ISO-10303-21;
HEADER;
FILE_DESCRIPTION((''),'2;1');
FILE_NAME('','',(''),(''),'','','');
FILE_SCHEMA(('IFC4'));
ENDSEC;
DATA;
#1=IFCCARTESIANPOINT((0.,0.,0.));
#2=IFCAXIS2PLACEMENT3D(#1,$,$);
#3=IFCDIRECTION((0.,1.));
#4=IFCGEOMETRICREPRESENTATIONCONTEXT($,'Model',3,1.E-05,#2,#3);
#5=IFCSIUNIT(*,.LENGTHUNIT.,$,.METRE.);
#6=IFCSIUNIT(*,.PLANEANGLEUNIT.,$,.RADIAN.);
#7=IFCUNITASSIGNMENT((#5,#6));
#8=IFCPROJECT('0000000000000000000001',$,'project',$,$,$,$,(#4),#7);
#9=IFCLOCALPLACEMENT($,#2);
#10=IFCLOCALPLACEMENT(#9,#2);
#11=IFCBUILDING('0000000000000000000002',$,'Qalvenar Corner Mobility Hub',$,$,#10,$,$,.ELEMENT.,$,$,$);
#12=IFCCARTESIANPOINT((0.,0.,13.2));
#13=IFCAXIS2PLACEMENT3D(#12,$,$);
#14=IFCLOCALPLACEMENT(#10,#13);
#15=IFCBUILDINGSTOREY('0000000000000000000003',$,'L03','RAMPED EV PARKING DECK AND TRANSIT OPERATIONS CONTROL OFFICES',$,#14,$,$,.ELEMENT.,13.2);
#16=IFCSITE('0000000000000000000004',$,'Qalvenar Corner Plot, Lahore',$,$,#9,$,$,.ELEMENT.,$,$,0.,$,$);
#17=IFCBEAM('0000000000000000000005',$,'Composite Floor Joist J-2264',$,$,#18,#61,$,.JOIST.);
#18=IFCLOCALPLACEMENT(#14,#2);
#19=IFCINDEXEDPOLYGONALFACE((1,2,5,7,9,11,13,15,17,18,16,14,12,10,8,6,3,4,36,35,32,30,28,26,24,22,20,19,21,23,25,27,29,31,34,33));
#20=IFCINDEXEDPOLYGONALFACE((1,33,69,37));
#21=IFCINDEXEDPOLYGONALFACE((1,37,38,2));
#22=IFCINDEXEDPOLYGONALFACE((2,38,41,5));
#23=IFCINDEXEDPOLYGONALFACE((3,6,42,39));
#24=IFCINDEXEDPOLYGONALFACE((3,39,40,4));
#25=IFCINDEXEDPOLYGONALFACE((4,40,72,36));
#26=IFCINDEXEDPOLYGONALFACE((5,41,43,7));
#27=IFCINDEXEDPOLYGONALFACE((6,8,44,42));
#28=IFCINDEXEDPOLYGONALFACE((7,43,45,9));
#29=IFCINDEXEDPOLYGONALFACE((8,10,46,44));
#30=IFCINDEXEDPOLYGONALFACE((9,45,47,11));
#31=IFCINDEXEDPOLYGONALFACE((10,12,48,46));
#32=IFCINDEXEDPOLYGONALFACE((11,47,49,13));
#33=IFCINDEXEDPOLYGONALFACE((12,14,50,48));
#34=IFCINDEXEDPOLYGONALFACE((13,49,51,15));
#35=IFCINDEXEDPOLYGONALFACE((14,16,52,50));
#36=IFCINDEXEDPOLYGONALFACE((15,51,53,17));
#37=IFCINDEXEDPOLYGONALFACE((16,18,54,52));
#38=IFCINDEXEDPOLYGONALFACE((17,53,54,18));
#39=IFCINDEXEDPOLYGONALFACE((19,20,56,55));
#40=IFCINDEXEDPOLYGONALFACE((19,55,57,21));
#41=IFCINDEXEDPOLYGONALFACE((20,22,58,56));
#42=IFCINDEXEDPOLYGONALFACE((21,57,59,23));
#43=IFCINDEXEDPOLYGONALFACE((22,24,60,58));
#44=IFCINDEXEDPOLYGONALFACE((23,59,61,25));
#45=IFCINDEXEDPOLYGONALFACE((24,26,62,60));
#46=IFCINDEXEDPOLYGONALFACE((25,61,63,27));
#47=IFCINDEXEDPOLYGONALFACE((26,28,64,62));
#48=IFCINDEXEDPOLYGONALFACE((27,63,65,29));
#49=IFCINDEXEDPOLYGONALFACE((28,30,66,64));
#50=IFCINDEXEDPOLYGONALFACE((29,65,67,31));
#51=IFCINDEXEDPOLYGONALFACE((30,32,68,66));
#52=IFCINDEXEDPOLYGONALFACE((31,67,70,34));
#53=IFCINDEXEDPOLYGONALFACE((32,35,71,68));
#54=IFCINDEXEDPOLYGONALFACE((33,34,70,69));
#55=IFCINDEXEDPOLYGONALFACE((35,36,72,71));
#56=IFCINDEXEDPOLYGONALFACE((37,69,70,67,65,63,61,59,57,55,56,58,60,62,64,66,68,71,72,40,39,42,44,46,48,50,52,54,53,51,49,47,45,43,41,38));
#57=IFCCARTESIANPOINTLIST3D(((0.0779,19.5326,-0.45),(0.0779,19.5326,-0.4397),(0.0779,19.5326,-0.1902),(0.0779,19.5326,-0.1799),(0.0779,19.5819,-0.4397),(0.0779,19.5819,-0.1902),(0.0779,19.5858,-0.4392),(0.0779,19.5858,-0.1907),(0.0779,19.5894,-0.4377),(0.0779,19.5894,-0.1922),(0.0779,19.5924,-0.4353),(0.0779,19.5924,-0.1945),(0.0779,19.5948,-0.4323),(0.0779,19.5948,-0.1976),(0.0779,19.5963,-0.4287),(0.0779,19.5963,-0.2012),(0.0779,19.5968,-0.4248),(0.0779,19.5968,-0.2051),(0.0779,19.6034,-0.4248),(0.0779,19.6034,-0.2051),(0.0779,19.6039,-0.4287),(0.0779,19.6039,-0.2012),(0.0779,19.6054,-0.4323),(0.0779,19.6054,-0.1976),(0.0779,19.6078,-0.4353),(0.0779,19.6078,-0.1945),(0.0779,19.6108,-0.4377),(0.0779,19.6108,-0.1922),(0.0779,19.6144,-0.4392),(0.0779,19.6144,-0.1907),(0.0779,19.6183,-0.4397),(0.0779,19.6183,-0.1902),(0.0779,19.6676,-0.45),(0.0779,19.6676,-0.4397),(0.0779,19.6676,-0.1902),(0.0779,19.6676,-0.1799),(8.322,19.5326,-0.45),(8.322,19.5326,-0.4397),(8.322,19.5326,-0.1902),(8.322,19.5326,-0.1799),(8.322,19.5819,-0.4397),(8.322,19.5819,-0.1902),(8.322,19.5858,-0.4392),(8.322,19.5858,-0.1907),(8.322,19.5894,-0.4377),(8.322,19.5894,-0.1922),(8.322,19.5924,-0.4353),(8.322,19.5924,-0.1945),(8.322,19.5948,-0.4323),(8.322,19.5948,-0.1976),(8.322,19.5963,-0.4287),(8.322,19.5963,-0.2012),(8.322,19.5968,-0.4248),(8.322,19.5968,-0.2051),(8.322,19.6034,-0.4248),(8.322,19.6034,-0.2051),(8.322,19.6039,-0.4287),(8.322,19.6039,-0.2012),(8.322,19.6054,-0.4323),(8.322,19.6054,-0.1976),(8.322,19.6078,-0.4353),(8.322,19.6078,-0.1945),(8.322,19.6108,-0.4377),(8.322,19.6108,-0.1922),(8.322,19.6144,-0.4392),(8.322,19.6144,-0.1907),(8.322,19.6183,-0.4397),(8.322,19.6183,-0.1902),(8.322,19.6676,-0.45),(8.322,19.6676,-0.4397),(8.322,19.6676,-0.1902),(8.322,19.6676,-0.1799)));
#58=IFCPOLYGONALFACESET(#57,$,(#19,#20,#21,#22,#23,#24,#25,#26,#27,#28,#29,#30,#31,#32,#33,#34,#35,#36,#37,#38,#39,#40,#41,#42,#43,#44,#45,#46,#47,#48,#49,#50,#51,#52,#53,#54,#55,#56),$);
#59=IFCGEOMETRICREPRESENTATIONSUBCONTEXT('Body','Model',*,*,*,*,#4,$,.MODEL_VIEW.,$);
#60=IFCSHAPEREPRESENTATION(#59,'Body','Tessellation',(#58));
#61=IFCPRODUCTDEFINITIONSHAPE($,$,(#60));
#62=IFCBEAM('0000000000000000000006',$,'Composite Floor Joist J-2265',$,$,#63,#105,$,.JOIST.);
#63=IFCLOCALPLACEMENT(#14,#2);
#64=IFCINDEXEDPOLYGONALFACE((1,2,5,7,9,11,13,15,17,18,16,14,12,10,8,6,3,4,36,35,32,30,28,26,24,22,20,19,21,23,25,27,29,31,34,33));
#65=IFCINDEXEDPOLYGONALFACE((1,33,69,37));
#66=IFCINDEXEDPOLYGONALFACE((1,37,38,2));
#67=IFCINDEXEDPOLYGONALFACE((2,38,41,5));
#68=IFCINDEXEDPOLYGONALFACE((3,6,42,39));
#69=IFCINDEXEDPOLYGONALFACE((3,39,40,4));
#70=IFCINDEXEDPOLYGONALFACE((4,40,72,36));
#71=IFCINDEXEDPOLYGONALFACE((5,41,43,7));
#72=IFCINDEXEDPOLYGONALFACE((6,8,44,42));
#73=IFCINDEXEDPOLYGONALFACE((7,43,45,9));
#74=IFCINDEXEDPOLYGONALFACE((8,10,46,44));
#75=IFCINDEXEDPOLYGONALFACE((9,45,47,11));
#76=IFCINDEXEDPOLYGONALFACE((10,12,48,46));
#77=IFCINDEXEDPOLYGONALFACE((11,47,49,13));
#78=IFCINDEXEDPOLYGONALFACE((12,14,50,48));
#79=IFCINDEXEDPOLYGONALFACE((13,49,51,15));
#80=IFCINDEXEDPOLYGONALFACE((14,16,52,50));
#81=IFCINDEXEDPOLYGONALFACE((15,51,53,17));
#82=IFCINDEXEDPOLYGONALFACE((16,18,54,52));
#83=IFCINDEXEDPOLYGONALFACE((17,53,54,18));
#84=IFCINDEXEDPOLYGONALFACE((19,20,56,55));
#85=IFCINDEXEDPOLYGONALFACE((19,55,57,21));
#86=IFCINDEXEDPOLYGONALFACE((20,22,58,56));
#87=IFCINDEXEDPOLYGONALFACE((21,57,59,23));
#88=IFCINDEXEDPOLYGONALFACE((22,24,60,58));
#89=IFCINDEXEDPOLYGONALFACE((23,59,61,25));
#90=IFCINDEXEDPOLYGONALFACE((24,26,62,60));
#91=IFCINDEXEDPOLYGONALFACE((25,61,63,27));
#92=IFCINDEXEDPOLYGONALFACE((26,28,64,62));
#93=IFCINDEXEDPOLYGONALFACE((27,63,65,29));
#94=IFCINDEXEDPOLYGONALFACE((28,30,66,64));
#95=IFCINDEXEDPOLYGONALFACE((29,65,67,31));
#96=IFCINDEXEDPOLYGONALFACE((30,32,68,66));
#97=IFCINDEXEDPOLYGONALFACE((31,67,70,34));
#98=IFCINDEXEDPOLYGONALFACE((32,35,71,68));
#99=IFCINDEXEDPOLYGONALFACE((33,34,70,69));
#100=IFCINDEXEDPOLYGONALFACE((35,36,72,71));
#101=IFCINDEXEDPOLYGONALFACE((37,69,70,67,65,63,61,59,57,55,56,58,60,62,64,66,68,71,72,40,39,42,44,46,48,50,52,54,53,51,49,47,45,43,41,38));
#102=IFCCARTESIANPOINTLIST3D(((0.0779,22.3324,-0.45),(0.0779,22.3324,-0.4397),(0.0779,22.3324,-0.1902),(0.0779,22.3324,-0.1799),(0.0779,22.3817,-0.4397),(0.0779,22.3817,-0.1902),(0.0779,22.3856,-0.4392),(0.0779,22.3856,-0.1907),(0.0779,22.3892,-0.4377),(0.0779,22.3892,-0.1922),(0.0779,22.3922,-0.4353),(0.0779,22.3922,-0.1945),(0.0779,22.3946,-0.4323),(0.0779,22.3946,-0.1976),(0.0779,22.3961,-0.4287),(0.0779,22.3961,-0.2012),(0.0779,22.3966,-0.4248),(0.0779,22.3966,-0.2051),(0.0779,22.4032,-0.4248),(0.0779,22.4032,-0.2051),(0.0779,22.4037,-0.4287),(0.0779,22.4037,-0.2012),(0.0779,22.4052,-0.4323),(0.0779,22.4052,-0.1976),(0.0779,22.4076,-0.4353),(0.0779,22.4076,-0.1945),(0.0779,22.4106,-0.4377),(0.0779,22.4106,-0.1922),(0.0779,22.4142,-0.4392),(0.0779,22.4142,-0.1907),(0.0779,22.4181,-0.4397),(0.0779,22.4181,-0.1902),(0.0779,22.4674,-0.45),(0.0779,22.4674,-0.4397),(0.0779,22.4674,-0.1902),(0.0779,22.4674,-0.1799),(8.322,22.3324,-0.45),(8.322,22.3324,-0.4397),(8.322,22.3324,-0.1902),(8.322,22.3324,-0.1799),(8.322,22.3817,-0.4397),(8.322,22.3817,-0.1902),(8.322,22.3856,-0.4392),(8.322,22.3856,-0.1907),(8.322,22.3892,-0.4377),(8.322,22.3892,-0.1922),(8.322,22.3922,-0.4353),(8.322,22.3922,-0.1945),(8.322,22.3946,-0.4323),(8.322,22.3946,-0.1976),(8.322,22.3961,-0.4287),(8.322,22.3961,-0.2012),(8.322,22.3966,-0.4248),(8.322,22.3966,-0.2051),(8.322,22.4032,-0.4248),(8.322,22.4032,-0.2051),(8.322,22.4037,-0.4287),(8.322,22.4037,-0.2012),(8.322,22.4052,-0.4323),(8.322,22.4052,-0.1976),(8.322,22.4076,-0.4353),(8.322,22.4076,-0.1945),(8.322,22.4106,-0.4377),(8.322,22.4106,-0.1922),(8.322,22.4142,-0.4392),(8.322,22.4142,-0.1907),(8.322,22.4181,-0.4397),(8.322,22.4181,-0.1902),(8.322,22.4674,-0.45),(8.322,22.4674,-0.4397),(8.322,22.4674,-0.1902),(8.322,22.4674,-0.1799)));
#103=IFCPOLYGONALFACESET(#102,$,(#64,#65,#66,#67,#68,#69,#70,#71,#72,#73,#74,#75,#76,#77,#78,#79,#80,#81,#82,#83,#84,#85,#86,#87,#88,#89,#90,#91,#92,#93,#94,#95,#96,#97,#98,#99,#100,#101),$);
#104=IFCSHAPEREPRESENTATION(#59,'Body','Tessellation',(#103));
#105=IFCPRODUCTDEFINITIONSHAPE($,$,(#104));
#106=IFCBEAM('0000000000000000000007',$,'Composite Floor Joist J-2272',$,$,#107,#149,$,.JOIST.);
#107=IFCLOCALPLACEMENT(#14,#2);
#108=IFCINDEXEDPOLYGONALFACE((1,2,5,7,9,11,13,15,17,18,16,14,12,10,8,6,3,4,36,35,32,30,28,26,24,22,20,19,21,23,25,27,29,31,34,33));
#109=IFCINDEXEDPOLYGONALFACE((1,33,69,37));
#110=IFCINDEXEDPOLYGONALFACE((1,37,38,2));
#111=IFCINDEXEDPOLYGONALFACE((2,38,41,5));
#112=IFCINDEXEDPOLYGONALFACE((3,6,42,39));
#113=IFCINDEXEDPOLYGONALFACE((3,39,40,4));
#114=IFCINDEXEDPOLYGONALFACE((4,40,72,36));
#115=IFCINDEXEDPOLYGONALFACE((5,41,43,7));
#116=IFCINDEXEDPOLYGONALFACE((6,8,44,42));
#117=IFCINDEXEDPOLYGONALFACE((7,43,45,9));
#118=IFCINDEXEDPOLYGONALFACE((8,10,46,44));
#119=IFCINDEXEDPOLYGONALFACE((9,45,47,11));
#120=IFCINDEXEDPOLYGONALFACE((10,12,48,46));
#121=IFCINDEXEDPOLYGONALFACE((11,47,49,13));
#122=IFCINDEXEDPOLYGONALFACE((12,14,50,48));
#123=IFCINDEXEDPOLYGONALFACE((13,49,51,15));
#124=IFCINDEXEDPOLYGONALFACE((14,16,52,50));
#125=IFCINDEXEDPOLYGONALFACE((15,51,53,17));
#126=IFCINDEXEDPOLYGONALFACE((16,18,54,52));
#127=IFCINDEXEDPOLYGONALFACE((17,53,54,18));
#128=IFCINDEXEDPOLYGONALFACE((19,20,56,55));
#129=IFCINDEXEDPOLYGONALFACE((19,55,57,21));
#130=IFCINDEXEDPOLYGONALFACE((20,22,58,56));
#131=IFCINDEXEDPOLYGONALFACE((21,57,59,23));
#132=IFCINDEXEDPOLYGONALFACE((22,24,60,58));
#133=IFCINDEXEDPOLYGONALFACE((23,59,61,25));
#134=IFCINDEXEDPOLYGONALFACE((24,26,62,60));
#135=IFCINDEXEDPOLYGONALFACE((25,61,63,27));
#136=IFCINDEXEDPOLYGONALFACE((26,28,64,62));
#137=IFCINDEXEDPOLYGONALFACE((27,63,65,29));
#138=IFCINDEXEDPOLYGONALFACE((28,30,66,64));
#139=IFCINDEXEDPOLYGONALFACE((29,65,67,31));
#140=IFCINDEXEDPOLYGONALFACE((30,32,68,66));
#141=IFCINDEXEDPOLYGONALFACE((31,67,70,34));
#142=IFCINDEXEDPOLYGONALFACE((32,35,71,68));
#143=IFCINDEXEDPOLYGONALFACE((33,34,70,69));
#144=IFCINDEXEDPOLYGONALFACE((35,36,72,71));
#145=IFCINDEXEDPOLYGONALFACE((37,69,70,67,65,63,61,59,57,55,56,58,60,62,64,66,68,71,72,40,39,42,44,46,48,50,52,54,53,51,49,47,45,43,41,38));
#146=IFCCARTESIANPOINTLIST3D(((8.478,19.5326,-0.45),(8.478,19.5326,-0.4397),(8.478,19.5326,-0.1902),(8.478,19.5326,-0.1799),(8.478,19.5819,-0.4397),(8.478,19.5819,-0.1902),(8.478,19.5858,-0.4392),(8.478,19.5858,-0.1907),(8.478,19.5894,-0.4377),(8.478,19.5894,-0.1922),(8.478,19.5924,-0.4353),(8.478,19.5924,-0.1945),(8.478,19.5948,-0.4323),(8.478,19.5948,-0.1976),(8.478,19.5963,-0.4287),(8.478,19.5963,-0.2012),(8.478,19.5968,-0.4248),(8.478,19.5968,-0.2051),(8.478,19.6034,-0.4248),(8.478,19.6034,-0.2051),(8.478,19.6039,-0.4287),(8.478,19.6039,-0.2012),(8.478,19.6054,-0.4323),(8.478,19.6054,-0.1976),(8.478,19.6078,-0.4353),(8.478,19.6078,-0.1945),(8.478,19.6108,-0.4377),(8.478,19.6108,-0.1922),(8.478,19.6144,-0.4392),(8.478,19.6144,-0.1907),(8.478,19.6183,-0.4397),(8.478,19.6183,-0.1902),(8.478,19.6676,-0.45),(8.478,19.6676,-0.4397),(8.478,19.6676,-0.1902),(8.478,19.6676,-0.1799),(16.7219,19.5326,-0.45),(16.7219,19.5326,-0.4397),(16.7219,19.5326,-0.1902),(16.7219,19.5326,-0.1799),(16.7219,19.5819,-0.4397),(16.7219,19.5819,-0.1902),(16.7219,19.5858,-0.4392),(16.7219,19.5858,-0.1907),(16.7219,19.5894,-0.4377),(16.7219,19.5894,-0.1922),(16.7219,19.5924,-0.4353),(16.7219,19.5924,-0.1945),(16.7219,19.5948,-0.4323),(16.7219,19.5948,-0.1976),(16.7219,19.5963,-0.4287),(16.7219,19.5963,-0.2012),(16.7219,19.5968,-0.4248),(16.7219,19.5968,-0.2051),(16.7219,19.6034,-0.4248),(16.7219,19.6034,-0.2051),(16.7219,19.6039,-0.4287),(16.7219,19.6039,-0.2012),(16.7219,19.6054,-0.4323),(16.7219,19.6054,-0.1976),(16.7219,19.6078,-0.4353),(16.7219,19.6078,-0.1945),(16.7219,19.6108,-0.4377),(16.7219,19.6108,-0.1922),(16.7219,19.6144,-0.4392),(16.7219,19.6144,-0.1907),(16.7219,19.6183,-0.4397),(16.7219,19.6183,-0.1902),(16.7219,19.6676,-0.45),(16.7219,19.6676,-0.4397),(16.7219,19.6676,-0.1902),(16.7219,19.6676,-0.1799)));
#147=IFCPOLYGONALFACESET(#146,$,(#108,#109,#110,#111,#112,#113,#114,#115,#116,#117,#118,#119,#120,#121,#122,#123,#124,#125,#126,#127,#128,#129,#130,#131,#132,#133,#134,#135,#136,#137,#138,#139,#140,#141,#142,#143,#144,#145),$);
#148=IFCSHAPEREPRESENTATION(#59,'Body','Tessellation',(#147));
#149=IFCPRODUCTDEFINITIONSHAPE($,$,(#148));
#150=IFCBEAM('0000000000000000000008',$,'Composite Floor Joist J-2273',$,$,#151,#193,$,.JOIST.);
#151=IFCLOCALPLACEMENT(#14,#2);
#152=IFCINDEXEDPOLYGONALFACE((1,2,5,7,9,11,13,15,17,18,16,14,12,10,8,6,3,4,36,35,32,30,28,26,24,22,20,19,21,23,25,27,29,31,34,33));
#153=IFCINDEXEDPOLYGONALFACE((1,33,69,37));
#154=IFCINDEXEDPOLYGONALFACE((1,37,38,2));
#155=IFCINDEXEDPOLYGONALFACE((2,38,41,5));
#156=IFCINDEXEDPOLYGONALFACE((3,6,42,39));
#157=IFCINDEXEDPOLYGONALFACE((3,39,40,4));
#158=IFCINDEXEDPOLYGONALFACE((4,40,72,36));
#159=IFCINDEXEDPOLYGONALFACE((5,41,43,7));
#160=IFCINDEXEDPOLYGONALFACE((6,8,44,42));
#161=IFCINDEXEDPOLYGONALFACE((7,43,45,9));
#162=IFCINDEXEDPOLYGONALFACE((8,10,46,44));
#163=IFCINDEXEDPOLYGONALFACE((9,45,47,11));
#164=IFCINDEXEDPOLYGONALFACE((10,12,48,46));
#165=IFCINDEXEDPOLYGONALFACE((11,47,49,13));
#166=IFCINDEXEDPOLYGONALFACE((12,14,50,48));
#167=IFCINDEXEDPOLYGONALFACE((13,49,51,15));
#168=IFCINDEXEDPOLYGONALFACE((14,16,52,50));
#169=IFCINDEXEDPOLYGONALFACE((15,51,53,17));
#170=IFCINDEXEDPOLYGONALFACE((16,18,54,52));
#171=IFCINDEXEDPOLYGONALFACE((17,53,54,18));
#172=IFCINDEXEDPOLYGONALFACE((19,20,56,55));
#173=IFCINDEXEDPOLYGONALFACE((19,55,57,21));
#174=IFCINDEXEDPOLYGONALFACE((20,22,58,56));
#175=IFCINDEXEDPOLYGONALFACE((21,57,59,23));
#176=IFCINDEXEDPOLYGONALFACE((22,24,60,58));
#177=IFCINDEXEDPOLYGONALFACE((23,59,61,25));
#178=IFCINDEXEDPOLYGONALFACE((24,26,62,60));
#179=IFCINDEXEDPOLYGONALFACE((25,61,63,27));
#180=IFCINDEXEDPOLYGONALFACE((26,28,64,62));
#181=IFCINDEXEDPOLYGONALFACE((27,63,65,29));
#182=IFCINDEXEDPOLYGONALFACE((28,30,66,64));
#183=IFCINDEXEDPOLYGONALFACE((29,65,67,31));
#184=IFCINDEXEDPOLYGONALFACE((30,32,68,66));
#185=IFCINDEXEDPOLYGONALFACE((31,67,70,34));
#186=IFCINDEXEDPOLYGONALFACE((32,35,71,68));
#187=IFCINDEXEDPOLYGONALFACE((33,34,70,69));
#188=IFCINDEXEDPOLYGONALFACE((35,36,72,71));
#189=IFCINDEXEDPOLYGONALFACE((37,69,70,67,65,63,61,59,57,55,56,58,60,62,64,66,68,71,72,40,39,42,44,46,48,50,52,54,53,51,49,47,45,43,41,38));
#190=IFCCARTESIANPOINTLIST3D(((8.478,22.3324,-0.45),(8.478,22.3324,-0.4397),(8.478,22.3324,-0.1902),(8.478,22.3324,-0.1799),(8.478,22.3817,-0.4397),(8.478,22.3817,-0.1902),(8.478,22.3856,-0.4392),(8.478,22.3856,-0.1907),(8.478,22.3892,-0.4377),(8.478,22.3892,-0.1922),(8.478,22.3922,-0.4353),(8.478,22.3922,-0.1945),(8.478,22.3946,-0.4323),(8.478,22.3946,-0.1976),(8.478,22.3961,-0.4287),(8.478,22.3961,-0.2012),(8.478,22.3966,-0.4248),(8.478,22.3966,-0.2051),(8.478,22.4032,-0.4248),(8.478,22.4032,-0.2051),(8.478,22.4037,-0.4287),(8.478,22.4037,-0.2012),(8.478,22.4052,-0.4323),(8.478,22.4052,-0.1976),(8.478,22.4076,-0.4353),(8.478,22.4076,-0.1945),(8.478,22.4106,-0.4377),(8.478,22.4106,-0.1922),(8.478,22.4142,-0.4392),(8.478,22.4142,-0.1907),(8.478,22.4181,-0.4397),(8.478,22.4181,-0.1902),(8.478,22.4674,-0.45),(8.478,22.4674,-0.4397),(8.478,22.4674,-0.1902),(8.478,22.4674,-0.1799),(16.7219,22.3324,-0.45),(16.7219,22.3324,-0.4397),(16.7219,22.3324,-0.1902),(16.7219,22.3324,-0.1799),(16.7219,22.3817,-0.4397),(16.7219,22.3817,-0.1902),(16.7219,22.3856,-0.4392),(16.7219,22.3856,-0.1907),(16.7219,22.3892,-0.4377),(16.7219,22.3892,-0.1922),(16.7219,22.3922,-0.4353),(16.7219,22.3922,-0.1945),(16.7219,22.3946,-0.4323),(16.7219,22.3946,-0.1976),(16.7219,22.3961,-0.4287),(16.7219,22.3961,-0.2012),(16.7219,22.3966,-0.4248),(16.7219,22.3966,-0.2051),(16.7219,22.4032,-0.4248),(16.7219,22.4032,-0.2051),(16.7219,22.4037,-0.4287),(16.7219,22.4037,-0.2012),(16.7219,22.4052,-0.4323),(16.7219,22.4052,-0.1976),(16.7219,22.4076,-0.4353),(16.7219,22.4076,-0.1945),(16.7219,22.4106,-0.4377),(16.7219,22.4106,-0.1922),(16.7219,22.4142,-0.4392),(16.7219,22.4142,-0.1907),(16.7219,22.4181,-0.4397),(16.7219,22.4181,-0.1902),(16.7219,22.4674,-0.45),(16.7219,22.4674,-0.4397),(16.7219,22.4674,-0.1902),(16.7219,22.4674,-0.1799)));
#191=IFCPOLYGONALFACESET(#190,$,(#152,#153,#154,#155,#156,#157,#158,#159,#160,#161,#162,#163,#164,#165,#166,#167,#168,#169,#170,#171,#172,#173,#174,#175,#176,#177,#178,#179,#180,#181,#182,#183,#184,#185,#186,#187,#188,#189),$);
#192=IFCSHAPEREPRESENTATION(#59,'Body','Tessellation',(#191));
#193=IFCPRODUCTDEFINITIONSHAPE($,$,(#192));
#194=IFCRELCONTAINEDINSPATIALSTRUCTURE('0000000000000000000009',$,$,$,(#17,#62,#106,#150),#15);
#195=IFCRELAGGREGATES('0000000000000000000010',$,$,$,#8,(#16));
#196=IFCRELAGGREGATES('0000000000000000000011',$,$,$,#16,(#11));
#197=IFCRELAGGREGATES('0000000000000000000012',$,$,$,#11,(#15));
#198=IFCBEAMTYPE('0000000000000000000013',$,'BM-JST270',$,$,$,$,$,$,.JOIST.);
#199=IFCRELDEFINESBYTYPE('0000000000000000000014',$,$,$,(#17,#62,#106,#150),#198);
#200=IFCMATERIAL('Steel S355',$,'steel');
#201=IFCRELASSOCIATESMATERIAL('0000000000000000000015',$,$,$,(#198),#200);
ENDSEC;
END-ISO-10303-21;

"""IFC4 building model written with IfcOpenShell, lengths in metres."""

from ifc_helpers import new_model, si_unit, direction, frame, origin, origin_2d, place, context, subcontext, project, spatial, i_section, extrude, material, material_profile, profile_set, type_object, element, save


model = new_model("IFC4")

# Units and contexts
model_context = context("Model", 3, precision=1e-05, world=origin(), true_north=direction((0.0, 1.0)))
body_context = subcontext(model_context, "Body", "Model", "MODEL_VIEW")
ifc_project = project(units=[si_unit("LENGTHUNIT", "METRE"), si_unit("PLANEANGLEUNIT", "RADIAN")], contexts=[model_context])

# Site, building, storey
site_placement = place(None, origin())
site = spatial("IfcSite", under=ifc_project, at=site_placement, Name="Qalvenar Corner Plot, Lahore", CompositionType="ELEMENT", RefElevation=0.0)
building_placement = place(site_placement, origin())
building = spatial("IfcBuilding", under=site, at=building_placement, Name="Qalvenar Corner Mobility Hub", CompositionType="ELEMENT")
storey_placement = place(building_placement, frame((0.0, 0.0, 13.2)))
storey = spatial("IfcBuildingStorey", under=building, at=storey_placement, Name="L03", Description="RAMPED EV PARKING DECK AND TRANSIT OPERATIONS CONTROL OFFICES", CompositionType="ELEMENT", Elevation=13.2)

# Beams
ifc_material_1 = material(Name="Steel S355", Category="steel")
ifc_material_profile_1 = material_profile(ifc_material_1, i_section(OverallWidth=0.135, OverallDepth=0.27, WebThickness=0.0066, FlangeThickness=0.0103, FilletRadius=0.0149, at=origin_2d()), Name="IPE270")
ifc_profile_set_1 = profile_set([ifc_material_profile_1], Name="Steel S355")
beam_type_1 = type_object("IfcBeamType", Name="BM-JST270", PredefinedType="JOIST", material=ifc_profile_set_1)
for number, where, z_axis, x_axis, name in (
    (1, (0.0779, 19.6001, -0.3149), (1.0, 0.0, 0.0), (0.0, 1.0, 0.0), "Composite Floor Joist J-2264"),
    (2, (0.0779, 22.3999, -0.3149), (1.0, 0.0, 0.0), (0.0, 1.0, 0.0), "Composite Floor Joist J-2265"),
):
    element("IfcBeam", number, at=place(storey_placement, frame(where, z_axis=z_axis, x_axis=x_axis)), inside=storey, type_object=beam_type_1, Name=name, PredefinedType="JOIST", context=body_context, shape_type="SweptSolid", body=[
        extrude(i_section(OverallWidth=0.135, OverallDepth=0.27, WebThickness=0.0066, FlangeThickness=0.0103, FilletRadius=0.0149, at=origin_2d()), origin(), (0.0, 0.0, 1.0), 8.2441),
    ])
for number, where, z_axis, x_axis, name in (
    (3, (8.478, 19.6001, -0.3149), (1.0, 0.0, 0.0), (0.0, 1.0, 0.0), "Composite Floor Joist J-2272"),
    (4, (8.478, 22.3999, -0.3149), (1.0, 0.0, 0.0), (0.0, 1.0, 0.0), "Composite Floor Joist J-2273"),
):
    element("IfcBeam", number, at=place(storey_placement, frame(where, z_axis=z_axis, x_axis=x_axis)), inside=storey, type_object=beam_type_1, Name=name, PredefinedType="JOIST", context=body_context, shape_type="SweptSolid", body=[
        extrude(i_section(OverallWidth=0.135, OverallDepth=0.27, WebThickness=0.0066, FlangeThickness=0.0103, FilletRadius=0.0149, at=origin_2d()), origin(), (0.0, 0.0, 1.0), 8.2439),
    ])

save(model, "model.ifc")
